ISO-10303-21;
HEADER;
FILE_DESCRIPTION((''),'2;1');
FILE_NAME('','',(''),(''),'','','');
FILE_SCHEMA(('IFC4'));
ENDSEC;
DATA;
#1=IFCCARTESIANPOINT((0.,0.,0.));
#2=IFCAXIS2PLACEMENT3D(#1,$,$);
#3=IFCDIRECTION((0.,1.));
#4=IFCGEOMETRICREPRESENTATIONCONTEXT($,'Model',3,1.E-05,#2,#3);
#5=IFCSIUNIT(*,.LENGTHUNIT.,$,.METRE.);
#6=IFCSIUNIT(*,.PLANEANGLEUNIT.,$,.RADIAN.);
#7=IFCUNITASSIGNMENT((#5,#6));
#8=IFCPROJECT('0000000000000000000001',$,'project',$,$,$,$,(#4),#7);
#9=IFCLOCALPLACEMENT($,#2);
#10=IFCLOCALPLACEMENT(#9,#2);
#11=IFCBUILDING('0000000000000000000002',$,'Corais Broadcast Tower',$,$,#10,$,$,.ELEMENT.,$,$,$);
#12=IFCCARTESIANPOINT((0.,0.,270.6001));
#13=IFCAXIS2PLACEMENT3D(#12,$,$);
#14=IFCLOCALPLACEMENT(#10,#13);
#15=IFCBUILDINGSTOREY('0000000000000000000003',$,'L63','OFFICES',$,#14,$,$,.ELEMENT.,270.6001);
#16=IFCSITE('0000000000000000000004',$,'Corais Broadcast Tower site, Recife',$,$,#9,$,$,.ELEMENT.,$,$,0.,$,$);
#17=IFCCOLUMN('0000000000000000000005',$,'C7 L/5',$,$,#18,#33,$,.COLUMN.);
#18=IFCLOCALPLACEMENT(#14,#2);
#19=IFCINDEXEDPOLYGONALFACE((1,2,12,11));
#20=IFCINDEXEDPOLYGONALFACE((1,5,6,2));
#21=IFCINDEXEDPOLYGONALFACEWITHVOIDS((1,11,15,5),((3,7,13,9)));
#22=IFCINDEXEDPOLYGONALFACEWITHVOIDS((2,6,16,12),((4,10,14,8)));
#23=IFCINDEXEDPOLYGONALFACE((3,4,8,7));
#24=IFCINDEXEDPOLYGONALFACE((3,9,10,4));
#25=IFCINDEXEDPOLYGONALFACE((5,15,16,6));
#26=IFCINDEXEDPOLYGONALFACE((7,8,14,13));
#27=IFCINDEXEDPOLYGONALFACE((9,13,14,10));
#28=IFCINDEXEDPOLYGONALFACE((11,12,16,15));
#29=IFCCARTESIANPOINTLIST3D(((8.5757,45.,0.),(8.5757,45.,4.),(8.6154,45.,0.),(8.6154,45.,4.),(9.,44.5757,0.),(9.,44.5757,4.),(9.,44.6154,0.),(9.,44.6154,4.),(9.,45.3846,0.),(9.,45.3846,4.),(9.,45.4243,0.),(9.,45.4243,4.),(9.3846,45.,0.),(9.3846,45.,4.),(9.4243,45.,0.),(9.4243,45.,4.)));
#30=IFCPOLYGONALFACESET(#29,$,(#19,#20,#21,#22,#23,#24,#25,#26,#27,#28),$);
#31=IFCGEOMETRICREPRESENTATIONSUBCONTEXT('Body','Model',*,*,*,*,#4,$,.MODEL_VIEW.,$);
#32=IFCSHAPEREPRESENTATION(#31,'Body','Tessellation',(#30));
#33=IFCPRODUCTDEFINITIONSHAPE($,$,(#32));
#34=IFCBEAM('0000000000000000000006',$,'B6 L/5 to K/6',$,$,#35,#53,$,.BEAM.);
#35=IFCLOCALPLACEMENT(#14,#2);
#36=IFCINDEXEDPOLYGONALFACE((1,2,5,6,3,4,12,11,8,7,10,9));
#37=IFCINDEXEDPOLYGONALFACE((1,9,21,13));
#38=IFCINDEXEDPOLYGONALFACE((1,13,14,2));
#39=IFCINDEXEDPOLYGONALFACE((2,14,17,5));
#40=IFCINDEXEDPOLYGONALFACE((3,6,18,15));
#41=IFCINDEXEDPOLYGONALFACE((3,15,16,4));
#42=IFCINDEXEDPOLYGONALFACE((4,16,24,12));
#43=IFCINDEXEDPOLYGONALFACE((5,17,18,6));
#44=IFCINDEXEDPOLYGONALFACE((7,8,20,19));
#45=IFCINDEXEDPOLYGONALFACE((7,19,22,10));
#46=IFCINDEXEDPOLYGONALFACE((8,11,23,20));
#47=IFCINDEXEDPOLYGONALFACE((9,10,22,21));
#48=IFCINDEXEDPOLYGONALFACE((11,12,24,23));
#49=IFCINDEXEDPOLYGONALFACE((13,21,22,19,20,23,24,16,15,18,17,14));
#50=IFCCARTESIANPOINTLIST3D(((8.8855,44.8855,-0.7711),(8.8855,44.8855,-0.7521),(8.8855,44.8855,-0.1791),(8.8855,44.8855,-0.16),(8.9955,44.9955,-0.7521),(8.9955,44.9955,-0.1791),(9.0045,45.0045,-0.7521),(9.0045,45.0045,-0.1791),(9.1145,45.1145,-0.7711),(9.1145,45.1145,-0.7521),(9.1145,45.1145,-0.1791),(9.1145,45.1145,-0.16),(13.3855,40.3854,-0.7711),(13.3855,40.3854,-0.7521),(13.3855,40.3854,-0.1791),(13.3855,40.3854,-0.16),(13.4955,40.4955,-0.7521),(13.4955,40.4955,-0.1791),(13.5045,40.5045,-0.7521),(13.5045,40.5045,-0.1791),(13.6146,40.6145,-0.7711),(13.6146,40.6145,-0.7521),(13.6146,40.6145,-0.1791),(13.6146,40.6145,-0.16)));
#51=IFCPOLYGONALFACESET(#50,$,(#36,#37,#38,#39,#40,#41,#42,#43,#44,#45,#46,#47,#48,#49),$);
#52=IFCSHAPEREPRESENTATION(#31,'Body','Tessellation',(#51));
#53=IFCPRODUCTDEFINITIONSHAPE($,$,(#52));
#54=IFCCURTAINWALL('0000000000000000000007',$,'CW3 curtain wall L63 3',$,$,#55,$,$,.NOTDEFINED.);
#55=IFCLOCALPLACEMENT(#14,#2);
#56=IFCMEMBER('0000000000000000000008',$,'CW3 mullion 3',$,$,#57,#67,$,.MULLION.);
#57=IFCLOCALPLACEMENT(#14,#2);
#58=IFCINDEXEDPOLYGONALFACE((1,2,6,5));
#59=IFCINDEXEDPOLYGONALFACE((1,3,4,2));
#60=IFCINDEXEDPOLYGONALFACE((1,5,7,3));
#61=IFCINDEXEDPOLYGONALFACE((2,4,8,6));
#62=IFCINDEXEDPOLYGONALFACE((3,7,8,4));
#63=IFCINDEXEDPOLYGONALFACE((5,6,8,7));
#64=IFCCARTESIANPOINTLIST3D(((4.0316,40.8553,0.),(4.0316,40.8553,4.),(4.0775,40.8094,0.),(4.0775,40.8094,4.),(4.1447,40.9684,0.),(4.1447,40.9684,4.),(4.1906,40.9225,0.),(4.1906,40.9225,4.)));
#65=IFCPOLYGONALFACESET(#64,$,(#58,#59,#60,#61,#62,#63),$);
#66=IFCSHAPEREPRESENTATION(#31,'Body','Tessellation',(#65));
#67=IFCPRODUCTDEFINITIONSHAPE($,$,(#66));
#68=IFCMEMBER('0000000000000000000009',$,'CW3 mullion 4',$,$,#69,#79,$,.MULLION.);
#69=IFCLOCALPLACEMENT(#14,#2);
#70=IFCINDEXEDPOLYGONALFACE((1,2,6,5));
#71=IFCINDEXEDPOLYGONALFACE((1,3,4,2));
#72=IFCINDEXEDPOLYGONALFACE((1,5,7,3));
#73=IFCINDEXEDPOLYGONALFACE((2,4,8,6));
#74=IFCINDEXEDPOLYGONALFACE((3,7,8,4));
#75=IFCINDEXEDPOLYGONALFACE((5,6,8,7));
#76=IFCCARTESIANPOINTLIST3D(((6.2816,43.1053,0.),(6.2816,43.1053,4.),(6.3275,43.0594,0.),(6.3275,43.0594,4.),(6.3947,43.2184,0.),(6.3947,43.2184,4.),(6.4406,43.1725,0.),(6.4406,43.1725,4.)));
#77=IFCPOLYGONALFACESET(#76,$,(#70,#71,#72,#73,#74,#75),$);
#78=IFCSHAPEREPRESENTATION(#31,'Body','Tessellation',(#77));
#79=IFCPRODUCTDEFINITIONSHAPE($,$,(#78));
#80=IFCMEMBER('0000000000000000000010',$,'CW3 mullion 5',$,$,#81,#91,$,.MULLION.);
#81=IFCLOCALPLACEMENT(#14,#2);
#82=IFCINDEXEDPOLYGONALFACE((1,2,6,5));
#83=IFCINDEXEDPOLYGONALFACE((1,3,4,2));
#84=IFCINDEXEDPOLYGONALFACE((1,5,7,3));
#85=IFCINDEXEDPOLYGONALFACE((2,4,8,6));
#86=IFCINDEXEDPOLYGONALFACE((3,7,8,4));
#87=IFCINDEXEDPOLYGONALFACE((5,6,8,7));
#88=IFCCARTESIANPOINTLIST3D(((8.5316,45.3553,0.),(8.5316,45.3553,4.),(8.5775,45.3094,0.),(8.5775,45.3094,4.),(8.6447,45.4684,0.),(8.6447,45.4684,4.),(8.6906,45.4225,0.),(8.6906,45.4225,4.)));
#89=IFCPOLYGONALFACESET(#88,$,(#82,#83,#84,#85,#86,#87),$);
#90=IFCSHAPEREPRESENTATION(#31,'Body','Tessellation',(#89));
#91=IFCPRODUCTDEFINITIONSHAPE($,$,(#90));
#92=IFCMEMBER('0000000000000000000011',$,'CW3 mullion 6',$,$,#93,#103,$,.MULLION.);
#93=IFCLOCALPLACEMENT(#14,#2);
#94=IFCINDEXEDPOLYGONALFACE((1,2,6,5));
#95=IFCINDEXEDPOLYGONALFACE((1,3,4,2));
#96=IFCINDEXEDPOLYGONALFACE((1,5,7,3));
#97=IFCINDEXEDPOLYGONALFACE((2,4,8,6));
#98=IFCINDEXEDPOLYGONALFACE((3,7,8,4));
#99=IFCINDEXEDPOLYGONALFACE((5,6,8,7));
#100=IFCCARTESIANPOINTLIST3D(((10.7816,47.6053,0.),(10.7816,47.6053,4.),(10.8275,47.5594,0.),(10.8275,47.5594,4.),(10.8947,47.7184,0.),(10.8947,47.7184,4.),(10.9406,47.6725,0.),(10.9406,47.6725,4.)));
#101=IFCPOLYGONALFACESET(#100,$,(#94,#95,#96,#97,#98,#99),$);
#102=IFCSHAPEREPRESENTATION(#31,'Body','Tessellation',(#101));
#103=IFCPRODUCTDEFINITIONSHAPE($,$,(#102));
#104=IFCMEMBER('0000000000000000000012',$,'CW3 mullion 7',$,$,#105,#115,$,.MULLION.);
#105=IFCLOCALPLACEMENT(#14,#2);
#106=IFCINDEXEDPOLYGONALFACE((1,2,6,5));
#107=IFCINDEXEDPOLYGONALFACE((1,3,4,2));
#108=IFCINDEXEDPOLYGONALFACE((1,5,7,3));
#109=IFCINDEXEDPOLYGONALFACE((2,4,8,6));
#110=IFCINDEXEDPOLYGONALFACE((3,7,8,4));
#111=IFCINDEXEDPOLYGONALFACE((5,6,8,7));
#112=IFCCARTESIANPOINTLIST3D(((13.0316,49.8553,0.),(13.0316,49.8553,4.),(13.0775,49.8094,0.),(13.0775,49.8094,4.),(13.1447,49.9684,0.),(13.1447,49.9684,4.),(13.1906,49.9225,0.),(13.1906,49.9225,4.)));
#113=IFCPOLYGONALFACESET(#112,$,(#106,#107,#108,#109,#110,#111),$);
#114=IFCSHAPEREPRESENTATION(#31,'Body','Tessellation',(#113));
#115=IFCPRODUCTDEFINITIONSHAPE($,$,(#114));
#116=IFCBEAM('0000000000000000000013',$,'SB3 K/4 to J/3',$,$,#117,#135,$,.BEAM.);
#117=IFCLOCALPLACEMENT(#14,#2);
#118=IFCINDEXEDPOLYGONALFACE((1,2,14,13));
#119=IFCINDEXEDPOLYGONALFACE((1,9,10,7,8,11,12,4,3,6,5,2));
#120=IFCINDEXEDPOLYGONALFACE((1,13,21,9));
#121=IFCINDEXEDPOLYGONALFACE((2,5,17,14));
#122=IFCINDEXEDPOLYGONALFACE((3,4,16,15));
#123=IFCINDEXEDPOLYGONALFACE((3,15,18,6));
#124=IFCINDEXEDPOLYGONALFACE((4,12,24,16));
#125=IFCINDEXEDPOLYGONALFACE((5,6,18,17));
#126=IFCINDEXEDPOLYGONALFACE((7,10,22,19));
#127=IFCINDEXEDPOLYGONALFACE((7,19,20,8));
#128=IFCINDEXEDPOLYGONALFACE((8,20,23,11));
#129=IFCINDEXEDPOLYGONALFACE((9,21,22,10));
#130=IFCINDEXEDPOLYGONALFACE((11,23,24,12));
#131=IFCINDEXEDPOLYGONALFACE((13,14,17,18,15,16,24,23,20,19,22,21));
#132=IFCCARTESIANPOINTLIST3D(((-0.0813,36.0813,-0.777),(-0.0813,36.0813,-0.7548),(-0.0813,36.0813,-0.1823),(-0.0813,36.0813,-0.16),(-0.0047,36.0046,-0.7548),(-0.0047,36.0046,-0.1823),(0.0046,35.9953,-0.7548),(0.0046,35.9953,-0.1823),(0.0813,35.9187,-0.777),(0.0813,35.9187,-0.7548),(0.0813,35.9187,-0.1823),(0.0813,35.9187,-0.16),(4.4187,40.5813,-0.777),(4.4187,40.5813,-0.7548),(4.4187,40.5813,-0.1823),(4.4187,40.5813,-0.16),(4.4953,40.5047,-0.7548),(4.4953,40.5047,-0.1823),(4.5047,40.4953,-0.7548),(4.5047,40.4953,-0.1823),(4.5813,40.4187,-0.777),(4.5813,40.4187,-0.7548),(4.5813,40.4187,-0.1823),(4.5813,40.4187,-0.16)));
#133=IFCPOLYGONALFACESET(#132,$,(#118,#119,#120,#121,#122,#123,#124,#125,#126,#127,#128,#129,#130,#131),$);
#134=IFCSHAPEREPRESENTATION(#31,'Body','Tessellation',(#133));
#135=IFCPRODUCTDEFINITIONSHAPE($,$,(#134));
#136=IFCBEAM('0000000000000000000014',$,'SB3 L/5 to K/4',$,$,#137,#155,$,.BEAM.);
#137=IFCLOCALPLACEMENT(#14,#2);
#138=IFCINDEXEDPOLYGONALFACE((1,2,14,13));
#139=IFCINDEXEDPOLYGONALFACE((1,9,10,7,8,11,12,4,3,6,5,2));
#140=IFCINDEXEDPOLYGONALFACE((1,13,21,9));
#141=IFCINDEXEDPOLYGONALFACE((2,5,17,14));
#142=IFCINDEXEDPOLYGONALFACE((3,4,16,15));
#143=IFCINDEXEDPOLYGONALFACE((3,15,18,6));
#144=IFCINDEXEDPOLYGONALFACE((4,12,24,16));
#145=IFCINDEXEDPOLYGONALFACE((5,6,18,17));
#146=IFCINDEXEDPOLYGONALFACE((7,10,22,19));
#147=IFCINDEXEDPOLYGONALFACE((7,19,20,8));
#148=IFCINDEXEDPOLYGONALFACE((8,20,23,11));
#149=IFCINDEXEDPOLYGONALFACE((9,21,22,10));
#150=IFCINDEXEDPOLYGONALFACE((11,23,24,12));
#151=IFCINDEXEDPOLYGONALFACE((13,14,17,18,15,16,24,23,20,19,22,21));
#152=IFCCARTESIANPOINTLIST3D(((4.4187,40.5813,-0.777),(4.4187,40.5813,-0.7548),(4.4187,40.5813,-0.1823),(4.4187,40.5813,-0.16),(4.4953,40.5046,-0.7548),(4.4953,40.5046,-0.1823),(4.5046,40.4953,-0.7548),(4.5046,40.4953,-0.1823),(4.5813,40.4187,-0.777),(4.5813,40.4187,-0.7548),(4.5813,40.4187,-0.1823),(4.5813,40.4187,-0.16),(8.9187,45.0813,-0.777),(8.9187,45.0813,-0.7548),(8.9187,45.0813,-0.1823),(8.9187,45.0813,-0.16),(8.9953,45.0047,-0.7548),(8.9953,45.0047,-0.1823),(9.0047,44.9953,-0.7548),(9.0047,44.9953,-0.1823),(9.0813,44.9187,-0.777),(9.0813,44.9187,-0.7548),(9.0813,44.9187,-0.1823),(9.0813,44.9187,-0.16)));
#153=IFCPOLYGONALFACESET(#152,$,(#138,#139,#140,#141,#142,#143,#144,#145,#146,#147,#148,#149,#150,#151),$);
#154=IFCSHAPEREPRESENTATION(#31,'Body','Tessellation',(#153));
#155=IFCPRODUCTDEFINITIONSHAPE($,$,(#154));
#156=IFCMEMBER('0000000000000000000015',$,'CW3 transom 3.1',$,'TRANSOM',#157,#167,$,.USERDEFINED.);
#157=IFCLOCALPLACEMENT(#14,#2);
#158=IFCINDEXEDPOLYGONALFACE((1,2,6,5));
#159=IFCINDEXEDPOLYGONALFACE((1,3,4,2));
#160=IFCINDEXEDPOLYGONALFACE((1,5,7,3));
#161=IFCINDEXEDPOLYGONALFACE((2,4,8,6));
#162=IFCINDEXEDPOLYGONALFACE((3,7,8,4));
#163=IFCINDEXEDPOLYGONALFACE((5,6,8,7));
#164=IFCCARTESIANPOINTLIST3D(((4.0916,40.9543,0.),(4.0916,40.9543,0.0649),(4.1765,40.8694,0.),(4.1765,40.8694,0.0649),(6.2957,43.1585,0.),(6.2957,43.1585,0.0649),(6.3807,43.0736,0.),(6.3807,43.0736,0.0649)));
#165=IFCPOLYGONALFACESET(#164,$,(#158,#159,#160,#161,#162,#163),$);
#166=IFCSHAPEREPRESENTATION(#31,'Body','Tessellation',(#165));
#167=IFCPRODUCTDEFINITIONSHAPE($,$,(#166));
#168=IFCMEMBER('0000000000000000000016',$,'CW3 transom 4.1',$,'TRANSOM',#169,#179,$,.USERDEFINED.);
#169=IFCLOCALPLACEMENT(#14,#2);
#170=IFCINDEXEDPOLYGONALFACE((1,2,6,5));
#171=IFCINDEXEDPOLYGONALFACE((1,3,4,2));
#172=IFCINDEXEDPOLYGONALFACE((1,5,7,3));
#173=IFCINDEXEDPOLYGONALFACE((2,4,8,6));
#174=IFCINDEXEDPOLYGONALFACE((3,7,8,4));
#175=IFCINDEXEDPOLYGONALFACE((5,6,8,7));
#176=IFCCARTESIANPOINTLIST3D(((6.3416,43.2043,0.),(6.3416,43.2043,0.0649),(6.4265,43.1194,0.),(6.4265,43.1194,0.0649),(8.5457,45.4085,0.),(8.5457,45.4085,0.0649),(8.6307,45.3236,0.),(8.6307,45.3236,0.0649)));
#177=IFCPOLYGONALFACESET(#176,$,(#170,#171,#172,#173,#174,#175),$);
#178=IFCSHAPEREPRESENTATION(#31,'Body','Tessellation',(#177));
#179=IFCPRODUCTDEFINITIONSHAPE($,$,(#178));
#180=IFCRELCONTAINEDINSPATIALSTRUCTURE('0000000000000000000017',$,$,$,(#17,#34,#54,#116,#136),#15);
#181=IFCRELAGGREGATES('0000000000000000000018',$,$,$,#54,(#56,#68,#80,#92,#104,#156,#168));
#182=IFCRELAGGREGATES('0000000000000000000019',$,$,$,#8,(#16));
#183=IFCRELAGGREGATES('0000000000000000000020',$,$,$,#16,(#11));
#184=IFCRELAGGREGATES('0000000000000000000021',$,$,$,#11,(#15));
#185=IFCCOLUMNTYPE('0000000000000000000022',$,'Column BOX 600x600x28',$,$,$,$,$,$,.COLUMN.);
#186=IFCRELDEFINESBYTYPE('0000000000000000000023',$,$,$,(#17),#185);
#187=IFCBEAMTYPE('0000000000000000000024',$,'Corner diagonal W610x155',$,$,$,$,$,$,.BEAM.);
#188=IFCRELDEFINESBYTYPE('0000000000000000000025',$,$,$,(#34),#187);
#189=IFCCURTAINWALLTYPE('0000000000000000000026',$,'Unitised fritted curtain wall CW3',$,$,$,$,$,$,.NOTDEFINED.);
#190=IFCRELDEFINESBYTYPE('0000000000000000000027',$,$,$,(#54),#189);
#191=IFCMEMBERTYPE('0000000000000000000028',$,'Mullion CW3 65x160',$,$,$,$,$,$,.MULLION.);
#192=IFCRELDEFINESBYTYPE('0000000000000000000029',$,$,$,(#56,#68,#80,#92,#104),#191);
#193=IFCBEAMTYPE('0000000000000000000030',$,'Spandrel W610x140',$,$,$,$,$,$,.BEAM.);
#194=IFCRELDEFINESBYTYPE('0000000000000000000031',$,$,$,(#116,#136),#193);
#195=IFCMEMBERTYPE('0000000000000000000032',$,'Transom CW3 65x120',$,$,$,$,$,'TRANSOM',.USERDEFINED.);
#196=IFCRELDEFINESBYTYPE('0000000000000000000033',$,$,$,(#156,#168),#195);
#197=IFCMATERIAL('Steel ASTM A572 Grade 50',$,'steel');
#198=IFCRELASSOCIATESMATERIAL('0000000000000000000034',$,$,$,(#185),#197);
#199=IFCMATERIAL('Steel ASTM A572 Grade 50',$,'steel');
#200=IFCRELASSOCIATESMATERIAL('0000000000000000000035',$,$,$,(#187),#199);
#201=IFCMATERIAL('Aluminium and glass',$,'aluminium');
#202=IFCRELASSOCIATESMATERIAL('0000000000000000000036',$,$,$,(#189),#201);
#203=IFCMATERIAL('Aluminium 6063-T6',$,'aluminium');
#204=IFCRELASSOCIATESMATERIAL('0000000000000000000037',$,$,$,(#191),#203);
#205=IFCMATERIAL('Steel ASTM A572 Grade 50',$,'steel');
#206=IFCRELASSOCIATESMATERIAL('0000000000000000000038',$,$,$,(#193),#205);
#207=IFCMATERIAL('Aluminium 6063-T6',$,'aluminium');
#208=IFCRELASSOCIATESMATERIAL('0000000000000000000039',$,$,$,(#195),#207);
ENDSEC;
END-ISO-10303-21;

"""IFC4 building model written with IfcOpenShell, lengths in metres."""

from ifc_helpers import new_model, si_unit, direction, frame, origin, origin_2d, place, context, subcontext, project, spatial, rectangle, hollow_rectangle, i_section, extrude, material, material_profile, profile_set, type_object, element, aggregate, save


model = new_model("IFC4")

# Units and contexts
model_context = context("Model", 3, precision=1e-05, world=origin(), true_north=direction((0.0, 1.0)))
body_context = subcontext(model_context, "Body", "Model", "MODEL_VIEW")
ifc_project = project(units=[si_unit("LENGTHUNIT", "METRE"), si_unit("PLANEANGLEUNIT", "RADIAN")], contexts=[model_context])

# Site, building, storey
site_placement = place(None, origin())
site = spatial("IfcSite", under=ifc_project, at=site_placement, Name="Corais Broadcast Tower site, Recife", CompositionType="ELEMENT", RefElevation=0.0)
building_placement = place(site_placement, origin())
building = spatial("IfcBuilding", under=site, at=building_placement, Name="Corais Broadcast Tower", CompositionType="ELEMENT")
storey_placement = place(building_placement, frame((0.0, 0.0, 270.6001)))
storey = spatial("IfcBuildingStorey", under=building, at=storey_placement, Name="L63", Description="OFFICES", CompositionType="ELEMENT", Elevation=270.6001)

# Column
ifc_material_1 = material(Name="Steel ASTM A572 Grade 50", Category="steel")
ifc_material_profile_1 = material_profile(ifc_material_1, hollow_rectangle(XDim=0.6001, YDim=0.6001, WallThickness=0.0281, at=origin_2d()), Name="BOX 600x600x28")
ifc_profile_set_1 = profile_set([ifc_material_profile_1], Name="Steel ASTM A572 Grade 50")
column_type = type_object("IfcColumnType", Name="Column BOX 600x600x28", PredefinedType="COLUMN", material=ifc_profile_set_1)
column_placement = place(storey_placement, frame((9.0, 45.0, 0.0), z_axis=(0.0, 0.0, 1.0), x_axis=(0.707107, 0.707107, 0.0)))
element("IfcColumn", 1, at=column_placement, inside=storey, type_object=column_type, Name="C7 L/5", PredefinedType="COLUMN", context=body_context, shape_type="SweptSolid", body=[
    extrude(hollow_rectangle(XDim=0.6001, YDim=0.6001, WallThickness=0.0281, at=origin_2d()), origin(), (0.0, 0.0, 1.0), 4.0),
])

# Beam
ifc_material_2 = material(Name="Steel ASTM A572 Grade 50", Category="steel")
ifc_material_profile_2 = material_profile(ifc_material_2, i_section(OverallWidth=0.324, OverallDepth=0.6111, WebThickness=0.0127, FlangeThickness=0.019, at=origin_2d()), Name="W610x155")
ifc_profile_set_2 = profile_set([ifc_material_profile_2], Name="Steel ASTM A572 Grade 50")
beam_type_1 = type_object("IfcBeamType", Name="Corner diagonal W610x155", PredefinedType="BEAM", material=ifc_profile_set_2)
beam_placement = place(storey_placement, frame((9.0, 45.0, -0.4656), z_axis=(0.707107, -0.707107, 0.0), x_axis=(0.707107, 0.707107, 0.0)))
element("IfcBeam", 2, at=beam_placement, inside=storey, type_object=beam_type_1, Name="B6 L/5 to K/6", PredefinedType="BEAM", context=body_context, shape_type="SweptSolid", body=[
    extrude(i_section(OverallWidth=0.324, OverallDepth=0.6111, WebThickness=0.0127, FlangeThickness=0.019, at=origin_2d()), origin(), (0.0, 0.0, 1.0), 6.364),
])

# Curtain wall, members
ifc_material_3 = material(Name="Aluminium and glass", Category="aluminium")
curtain_wall_type = type_object("IfcCurtainWallType", Name="Unitised fritted curtain wall CW3", PredefinedType="NOTDEFINED", material=ifc_material_3)
curtain_wall_placement = place(storey_placement, origin())
curtain_wall = element("IfcCurtainWall", 3, at=curtain_wall_placement, inside=storey, type_object=curtain_wall_type, Name="CW3 curtain wall L63 3", PredefinedType="NOTDEFINED")
ifc_material_4 = material(Name="Aluminium 6063-T6", Category="aluminium")
ifc_material_profile_3 = material_profile(ifc_material_4, rectangle(XDim=0.0649, YDim=0.1599, at=origin_2d()), Name="Mullion CW3 65x160")
ifc_profile_set_3 = profile_set([ifc_material_profile_3], Name="Aluminium 6063-T6")
member_type_1 = type_object("IfcMemberType", Name="Mullion CW3 65x160", PredefinedType="MULLION", material=ifc_profile_set_3)
member_1_placement = place(storey_placement, frame((4.1111, 40.8889, 0.0), z_axis=(0.0, 0.0, 1.0), x_axis=(-0.707107, 0.707107, 0.0)))
member_1 = element("IfcMember", 4, at=member_1_placement, type_object=member_type_1, Name="CW3 mullion 3", PredefinedType="MULLION", context=body_context, shape_type="SweptSolid", body=[
    extrude(rectangle(XDim=0.0649, YDim=0.1599, at=origin_2d()), origin(), (0.0, 0.0, 1.0), 4.0),
])
member_2_placement = place(storey_placement, frame((6.3611, 43.1389, 0.0), z_axis=(0.0, 0.0, 1.0), x_axis=(-0.707107, 0.707107, 0.0)))
member_2 = element("IfcMember", 5, at=member_2_placement, type_object=member_type_1, Name="CW3 mullion 4", PredefinedType="MULLION", context=body_context, shape_type="SweptSolid", body=[
    extrude(rectangle(XDim=0.0649, YDim=0.1599, at=origin_2d()), origin(), (0.0, 0.0, 1.0), 4.0),
])
member_3_placement = place(storey_placement, frame((8.6111, 45.3889, 0.0), z_axis=(0.0, 0.0, 1.0), x_axis=(-0.707107, 0.707107, 0.0)))
member_3 = element("IfcMember", 6, at=member_3_placement, type_object=member_type_1, Name="CW3 mullion 5", PredefinedType="MULLION", context=body_context, shape_type="SweptSolid", body=[
    extrude(rectangle(XDim=0.0649, YDim=0.1599, at=origin_2d()), origin(), (0.0, 0.0, 1.0), 4.0),
])
member_4_placement = place(storey_placement, frame((10.8611, 47.6389, 0.0), z_axis=(0.0, 0.0, 1.0), x_axis=(-0.707107, 0.707107, 0.0)))
member_4 = element("IfcMember", 7, at=member_4_placement, type_object=member_type_1, Name="CW3 mullion 6", PredefinedType="MULLION", context=body_context, shape_type="SweptSolid", body=[
    extrude(rectangle(XDim=0.0649, YDim=0.1599, at=origin_2d()), origin(), (0.0, 0.0, 1.0), 4.0),
])
member_5_placement = place(storey_placement, frame((13.1111, 49.8889, 0.0), z_axis=(0.0, 0.0, 1.0), x_axis=(-0.707107, 0.707107, 0.0)))
member_5 = element("IfcMember", 8, at=member_5_placement, type_object=member_type_1, Name="CW3 mullion 7", PredefinedType="MULLION", context=body_context, shape_type="SweptSolid", body=[
    extrude(rectangle(XDim=0.0649, YDim=0.1599, at=origin_2d()), origin(), (0.0, 0.0, 1.0), 4.0),
])

# Beams
ifc_material_5 = material(Name="Steel ASTM A572 Grade 50", Category="steel")
ifc_material_profile_4 = material_profile(ifc_material_5, i_section(OverallWidth=0.23, OverallDepth=0.6169, WebThickness=0.0132, FlangeThickness=0.0222, at=origin_2d()), Name="W610x140")
ifc_profile_set_4 = profile_set([ifc_material_profile_4], Name="Steel ASTM A572 Grade 50")
beam_type_2 = type_object("IfcBeamType", Name="Spandrel W610x140", PredefinedType="BEAM", material=ifc_profile_set_4)
for number, where, z_axis, x_axis, name in (
    (9, (4.5, 40.5, -0.4685), (-0.707107, -0.707107, 0.0), (0.707107, -0.707107, 0.0), "SB3 K/4 to J/3"),
    (10, (9.0, 45.0, -0.4685), (-0.707107, -0.707107, 0.0), (0.707107, -0.707107, 0.0), "SB3 L/5 to K/4"),
):
    element("IfcBeam", number, at=place(storey_placement, frame(where, z_axis=z_axis, x_axis=x_axis)), inside=storey, type_object=beam_type_2, Name=name, PredefinedType="BEAM", context=body_context, shape_type="SweptSolid", body=[
        extrude(i_section(OverallWidth=0.23, OverallDepth=0.6169, WebThickness=0.0132, FlangeThickness=0.0222, at=origin_2d()), origin(), (0.0, 0.0, 1.0), 6.364),
    ])

# Members
ifc_material_6 = material(Name="Aluminium 6063-T6", Category="aluminium")
ifc_material_profile_5 = material_profile(ifc_material_6, rectangle(XDim=0.1201, YDim=0.0649, at=origin_2d()), Name="Transom CW3 65x120")
ifc_profile_set_5 = profile_set([ifc_material_profile_5], Name="Aluminium 6063-T6")
member_type_2 = type_object("IfcMemberType", Name="Transom CW3 65x120", ElementType="TRANSOM", PredefinedType="USERDEFINED", material=ifc_profile_set_5)
member_6_placement = place(storey_placement, frame((4.134, 40.9119, 0.0325), z_axis=(0.707107, 0.707107, 0.0), x_axis=(-0.707107, 0.707107, 0.0)))
member_6 = element("IfcMember", 11, at=member_6_placement, type_object=member_type_2, Name="CW3 transom 3.1", ObjectType="TRANSOM", PredefinedType="USERDEFINED", context=body_context, shape_type="SweptSolid", body=[
    extrude(rectangle(XDim=0.1201, YDim=0.0649, at=origin_2d()), origin(), (0.0, 0.0, 1.0), 3.1172),
])
member_7_placement = place(storey_placement, frame((6.384, 43.1619, 0.0325), z_axis=(0.707107, 0.707107, 0.0), x_axis=(-0.707107, 0.707107, 0.0)))
member_7 = element("IfcMember", 12, at=member_7_placement, type_object=member_type_2, Name="CW3 transom 4.1", ObjectType="TRANSOM", PredefinedType="USERDEFINED", context=body_context, shape_type="SweptSolid", body=[
    extrude(rectangle(XDim=0.1201, YDim=0.0649, at=origin_2d()), origin(), (0.0, 0.0, 1.0), 3.1172),
])

aggregate(curtain_wall, [member_1, member_2, member_3, member_4, member_5, member_6, member_7])

save(model, "model.ifc")
